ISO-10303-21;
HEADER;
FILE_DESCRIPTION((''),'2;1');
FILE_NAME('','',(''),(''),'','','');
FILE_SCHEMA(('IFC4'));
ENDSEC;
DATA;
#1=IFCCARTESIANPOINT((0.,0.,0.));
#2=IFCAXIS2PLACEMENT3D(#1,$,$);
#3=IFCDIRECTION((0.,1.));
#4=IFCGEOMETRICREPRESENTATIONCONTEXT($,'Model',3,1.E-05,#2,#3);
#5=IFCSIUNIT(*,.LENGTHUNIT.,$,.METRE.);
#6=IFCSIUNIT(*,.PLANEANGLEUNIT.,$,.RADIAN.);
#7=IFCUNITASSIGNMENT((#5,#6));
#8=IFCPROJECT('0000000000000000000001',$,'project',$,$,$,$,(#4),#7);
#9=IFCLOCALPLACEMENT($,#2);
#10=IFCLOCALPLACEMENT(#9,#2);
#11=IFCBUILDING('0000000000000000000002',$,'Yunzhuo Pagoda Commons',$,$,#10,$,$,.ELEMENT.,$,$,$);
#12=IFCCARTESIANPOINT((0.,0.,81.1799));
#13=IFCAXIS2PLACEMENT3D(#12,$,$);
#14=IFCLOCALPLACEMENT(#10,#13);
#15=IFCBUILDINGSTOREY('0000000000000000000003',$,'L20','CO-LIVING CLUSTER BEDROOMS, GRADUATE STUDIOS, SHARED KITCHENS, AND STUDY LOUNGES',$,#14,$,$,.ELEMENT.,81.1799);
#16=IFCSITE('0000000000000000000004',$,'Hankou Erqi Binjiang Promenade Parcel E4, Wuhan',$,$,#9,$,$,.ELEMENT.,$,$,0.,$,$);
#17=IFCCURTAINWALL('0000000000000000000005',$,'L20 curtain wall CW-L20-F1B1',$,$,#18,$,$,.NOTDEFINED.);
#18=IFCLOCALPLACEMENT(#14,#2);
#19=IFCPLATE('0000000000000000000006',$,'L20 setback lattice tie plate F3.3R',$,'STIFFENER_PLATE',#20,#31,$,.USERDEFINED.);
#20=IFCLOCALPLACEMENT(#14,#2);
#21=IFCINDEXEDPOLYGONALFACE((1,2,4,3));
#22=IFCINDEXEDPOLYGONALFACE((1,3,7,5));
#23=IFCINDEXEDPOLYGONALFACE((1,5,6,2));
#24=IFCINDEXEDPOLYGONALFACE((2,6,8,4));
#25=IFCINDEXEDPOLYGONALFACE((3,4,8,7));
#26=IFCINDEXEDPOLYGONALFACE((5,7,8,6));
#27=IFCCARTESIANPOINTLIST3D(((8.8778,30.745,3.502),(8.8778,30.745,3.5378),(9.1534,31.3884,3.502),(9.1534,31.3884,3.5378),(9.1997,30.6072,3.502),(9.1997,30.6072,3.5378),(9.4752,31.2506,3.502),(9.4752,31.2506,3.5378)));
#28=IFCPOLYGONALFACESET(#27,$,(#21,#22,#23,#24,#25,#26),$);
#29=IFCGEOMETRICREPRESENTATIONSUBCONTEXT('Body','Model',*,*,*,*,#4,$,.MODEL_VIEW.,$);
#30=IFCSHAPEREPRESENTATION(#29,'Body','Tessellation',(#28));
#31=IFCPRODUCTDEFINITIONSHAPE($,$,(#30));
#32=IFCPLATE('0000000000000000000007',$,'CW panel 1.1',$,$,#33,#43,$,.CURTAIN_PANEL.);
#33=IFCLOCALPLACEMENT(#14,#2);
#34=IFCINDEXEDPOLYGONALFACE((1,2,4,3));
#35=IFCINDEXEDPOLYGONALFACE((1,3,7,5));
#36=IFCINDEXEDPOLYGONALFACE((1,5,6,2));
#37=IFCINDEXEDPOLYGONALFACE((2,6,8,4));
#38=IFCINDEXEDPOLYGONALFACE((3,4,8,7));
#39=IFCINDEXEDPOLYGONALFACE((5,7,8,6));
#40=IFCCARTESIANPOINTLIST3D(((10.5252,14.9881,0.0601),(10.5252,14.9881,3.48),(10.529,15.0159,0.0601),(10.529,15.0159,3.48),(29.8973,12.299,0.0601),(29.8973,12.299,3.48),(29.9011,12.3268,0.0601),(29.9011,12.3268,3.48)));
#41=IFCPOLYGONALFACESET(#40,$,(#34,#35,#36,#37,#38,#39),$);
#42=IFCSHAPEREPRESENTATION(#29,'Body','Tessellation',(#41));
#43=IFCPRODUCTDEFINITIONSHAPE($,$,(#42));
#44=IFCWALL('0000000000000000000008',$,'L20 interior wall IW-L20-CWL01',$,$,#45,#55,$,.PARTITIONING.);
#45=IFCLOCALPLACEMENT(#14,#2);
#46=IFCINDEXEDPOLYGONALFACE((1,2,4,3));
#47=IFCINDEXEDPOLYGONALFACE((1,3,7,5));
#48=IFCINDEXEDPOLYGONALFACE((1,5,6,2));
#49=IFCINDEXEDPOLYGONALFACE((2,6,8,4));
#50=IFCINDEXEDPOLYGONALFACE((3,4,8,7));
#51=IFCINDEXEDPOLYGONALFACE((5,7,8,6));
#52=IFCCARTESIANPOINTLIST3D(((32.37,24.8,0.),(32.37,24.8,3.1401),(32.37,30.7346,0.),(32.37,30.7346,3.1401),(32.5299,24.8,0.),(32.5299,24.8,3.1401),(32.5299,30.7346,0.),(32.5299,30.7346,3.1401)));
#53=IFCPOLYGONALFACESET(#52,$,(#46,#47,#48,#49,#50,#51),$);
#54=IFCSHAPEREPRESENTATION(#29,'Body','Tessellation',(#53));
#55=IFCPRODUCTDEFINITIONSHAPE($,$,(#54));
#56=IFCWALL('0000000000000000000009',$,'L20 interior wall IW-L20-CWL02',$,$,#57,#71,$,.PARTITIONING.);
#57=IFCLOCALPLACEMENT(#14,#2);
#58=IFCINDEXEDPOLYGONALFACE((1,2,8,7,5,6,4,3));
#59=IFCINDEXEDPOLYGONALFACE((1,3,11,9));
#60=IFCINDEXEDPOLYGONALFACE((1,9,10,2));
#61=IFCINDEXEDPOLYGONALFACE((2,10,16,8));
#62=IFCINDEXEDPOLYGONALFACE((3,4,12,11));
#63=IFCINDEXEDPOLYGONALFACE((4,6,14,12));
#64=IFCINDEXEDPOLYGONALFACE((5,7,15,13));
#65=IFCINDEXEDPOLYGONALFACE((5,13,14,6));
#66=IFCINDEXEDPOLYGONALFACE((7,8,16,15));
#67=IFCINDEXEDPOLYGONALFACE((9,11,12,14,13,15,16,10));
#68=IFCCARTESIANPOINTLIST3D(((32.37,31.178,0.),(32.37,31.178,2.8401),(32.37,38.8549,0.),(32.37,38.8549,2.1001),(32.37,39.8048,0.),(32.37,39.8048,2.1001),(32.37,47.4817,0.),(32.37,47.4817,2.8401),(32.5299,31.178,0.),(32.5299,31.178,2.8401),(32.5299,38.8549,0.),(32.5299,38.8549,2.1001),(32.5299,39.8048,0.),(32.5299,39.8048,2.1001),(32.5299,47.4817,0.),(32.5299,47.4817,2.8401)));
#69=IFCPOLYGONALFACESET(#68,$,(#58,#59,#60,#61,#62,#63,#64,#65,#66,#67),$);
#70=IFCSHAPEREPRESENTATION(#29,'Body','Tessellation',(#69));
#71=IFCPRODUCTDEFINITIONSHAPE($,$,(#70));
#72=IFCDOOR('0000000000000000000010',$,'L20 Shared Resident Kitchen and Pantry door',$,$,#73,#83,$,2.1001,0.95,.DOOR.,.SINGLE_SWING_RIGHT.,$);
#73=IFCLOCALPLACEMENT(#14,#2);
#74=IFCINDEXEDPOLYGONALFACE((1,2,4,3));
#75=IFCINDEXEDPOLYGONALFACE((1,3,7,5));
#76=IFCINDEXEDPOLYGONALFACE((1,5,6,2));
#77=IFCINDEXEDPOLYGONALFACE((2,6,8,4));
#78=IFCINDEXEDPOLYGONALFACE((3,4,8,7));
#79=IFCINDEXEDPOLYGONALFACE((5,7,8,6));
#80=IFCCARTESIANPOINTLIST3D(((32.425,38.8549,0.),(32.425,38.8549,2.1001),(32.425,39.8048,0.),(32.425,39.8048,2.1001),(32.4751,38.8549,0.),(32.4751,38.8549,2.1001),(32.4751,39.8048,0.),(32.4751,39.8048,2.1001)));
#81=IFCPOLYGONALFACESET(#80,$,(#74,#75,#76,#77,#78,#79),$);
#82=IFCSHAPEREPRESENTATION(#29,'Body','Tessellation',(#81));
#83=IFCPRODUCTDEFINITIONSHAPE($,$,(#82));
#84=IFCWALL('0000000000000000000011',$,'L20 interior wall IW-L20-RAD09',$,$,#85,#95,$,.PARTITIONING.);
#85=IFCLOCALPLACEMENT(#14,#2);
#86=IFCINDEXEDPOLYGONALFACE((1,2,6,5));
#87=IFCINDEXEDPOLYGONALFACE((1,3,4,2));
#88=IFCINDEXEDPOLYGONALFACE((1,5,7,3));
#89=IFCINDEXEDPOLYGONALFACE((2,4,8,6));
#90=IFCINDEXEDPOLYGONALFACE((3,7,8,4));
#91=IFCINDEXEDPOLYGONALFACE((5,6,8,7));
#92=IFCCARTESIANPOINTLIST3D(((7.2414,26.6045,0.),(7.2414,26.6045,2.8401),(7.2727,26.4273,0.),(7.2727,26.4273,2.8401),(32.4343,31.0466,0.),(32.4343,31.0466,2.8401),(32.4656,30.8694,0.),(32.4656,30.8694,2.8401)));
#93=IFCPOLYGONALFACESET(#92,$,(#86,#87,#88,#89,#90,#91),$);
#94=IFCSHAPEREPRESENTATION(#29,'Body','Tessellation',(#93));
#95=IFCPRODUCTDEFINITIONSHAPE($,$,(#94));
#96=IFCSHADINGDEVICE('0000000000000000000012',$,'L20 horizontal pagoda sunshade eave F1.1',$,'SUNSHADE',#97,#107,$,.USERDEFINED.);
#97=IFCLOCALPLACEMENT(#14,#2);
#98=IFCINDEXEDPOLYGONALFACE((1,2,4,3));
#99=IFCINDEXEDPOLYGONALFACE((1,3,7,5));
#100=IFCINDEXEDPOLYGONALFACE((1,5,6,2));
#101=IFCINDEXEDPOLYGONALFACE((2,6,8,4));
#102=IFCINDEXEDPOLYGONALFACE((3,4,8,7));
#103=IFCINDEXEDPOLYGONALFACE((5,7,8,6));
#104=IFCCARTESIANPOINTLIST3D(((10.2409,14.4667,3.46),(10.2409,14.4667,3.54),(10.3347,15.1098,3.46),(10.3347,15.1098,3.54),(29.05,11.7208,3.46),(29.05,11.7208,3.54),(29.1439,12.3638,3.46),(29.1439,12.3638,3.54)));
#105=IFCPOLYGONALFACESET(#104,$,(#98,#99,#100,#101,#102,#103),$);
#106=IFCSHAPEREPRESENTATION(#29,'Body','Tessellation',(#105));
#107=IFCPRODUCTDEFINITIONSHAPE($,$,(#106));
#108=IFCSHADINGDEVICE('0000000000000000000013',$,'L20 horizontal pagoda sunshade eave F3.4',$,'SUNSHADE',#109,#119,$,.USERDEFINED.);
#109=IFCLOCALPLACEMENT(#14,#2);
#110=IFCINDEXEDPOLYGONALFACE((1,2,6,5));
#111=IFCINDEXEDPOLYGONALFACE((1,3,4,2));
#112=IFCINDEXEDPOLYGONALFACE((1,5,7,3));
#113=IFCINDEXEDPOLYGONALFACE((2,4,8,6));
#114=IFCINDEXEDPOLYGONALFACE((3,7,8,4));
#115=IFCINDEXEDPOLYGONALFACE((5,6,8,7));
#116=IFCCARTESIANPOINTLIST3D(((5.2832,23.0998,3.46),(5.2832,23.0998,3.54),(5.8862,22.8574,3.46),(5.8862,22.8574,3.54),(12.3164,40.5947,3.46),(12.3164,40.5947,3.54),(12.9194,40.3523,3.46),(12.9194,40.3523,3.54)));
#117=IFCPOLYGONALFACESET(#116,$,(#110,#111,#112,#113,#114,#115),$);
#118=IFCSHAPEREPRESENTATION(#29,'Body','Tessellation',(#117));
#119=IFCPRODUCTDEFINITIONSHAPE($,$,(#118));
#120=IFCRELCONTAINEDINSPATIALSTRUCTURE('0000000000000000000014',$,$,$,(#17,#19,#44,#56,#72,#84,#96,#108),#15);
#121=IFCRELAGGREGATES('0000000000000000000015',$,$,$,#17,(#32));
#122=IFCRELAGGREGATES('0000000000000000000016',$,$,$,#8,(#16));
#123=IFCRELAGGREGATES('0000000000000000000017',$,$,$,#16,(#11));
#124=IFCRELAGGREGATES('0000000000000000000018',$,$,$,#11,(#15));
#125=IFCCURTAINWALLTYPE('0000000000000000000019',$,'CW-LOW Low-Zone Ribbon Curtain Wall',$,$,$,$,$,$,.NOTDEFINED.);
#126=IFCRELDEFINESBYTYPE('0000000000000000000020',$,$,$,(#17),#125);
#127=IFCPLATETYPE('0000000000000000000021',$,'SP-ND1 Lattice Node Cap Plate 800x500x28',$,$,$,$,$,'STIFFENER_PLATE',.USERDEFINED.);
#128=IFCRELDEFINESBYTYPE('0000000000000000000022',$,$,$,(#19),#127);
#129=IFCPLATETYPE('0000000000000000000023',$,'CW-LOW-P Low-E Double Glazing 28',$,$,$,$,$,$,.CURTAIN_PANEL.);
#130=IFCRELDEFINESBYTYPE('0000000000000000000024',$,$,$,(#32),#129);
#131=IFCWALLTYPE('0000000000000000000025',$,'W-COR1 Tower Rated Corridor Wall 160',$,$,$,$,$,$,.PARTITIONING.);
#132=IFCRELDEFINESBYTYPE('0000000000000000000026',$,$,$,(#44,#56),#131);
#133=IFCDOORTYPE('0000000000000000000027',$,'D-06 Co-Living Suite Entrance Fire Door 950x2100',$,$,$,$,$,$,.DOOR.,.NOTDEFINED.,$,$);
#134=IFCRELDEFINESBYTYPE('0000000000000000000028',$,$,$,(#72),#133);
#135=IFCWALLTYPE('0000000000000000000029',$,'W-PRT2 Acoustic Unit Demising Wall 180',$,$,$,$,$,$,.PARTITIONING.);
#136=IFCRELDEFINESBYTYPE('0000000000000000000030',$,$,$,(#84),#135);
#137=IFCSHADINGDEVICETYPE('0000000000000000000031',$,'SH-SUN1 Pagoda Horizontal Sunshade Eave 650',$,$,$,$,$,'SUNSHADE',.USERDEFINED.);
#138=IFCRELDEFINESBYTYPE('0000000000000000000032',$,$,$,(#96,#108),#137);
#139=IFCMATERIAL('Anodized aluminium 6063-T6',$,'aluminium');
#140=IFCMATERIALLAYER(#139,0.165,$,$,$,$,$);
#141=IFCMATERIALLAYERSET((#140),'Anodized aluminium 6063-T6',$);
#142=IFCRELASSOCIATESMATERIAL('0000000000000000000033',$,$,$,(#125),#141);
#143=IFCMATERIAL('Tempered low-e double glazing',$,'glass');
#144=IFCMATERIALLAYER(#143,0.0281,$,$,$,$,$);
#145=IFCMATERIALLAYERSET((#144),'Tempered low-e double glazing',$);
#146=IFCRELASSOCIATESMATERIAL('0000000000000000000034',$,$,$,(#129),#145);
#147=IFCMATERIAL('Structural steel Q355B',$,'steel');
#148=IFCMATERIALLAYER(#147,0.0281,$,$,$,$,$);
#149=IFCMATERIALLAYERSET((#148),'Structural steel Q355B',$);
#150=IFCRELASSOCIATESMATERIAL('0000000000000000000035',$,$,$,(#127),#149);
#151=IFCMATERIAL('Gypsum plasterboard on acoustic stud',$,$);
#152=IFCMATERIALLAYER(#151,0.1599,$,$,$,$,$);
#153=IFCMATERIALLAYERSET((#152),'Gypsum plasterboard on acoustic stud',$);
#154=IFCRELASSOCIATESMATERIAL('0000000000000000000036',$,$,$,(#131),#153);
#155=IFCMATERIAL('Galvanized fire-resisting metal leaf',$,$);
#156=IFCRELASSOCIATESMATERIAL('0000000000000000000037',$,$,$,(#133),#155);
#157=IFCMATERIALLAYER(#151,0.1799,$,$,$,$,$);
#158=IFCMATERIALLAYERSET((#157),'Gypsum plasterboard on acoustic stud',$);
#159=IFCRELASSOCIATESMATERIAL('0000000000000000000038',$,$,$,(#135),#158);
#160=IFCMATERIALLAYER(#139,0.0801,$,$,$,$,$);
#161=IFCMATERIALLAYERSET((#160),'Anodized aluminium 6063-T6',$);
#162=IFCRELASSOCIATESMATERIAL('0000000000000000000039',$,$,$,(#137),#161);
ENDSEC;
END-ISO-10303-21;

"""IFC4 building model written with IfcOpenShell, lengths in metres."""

from ifc_helpers import new_model, si_unit, direction, frame, frame_2d, origin, origin_with_axes, origin_2d, place, context, subcontext, project, spatial, rectangle, extrude, source, transform, mapped, material, layer, layer_set, type_object, element, fill, aggregate, save


model = new_model("IFC4")

# Units and contexts
model_context = context("Model", 3, precision=1e-05, world=origin(), true_north=direction((0.0, 1.0)))
body_context = subcontext(model_context, "Body", "Model", "MODEL_VIEW")
ifc_project = project(units=[si_unit("LENGTHUNIT", "METRE"), si_unit("PLANEANGLEUNIT", "RADIAN")], contexts=[model_context])

# Site, building, storey
site_placement = place(None, origin())
site = spatial("IfcSite", under=ifc_project, at=site_placement, Name="Hankou Erqi Binjiang Promenade Parcel E4, Wuhan", CompositionType="ELEMENT", RefElevation=0.0)
building_placement = place(site_placement, origin())
building = spatial("IfcBuilding", under=site, at=building_placement, Name="Yunzhuo Pagoda Commons", CompositionType="ELEMENT")
storey_placement = place(building_placement, frame((0.0, 0.0, 81.1799)))
storey = spatial("IfcBuildingStorey", under=building, at=storey_placement, Name="L20", Description="CO-LIVING CLUSTER BEDROOMS, GRADUATE STUDIOS, SHARED KITCHENS, AND STUDY LOUNGES", CompositionType="ELEMENT", Elevation=81.1799)

# Shared definitions
ifc_material_1 = material(Name="Structural steel Q355B", Category="steel")

# Shared definitions
ifc_material_2 = material(Name="Anodized aluminium 6063-T6", Category="aluminium")
ifc_layer_1 = layer(ifc_material_2, 0.165)
ifc_layer_set_1 = layer_set([ifc_layer_1], Name="Anodized aluminium 6063-T6")
curtain_wall_type = type_object("IfcCurtainWallType", Name="CW-LOW Low-Zone Ribbon Curtain Wall", PredefinedType="NOTDEFINED", material=ifc_layer_set_1)

# Curtain wall
curtain_wall_1_placement = place(storey_placement, origin())
curtain_wall_1 = element("IfcCurtainWall", 1, at=curtain_wall_1_placement, inside=storey, type_object=curtain_wall_type, Name="L20 curtain wall CW-L20-F1B1", PredefinedType="NOTDEFINED")

# Shared definitions
ifc_material_3 = material(Name="Tempered low-e double glazing", Category="glass")
ifc_layer_2 = layer(ifc_material_3, 0.0281)
ifc_layer_set_2 = layer_set([ifc_layer_2], Name="Tempered low-e double glazing")
plate_type_1 = type_object("IfcPlateType", Name="CW-LOW-P Low-E Double Glazing 28", PredefinedType="CURTAIN_PANEL", material=ifc_layer_set_2)

# Plate
ifc_layer_3 = layer(ifc_material_1, 0.0281)
ifc_layer_set_3 = layer_set([ifc_layer_3], Name="Structural steel Q355B")
plate_type_2 = type_object("IfcPlateType", Name="SP-ND1 Lattice Node Cap Plate 800x500x28", ElementType="STIFFENER_PLATE", PredefinedType="USERDEFINED", material=ifc_layer_set_3)
shared_shape_1 = source(origin(), body_context, "Body", "SweptSolid", [
    extrude(rectangle(XDim=0.7, YDim=0.3501, at=origin_2d()), origin(), (0.0, 0.0, 1.0), 0.0359),
])
plate_1_placement = place(storey_placement, frame((9.1765, 30.9978, 3.502), z_axis=(0.0, 0.0, 1.0), x_axis=(-0.393669, -0.919252, 0.0)))
element("IfcPlate", 2, at=plate_1_placement, inside=storey, type_object=plate_type_2, Name="L20 setback lattice tie plate F3.3R", ObjectType="STIFFENER_PLATE", PredefinedType="USERDEFINED", context=body_context, shape_type="MappedRepresentation", body=[
    mapped(shared_shape_1, transform((0.0, 0.0, 0.0), scale=1.0)),
])

# Plate
shared_shape_2 = source(origin(), body_context, "Body", "SweptSolid", [
    extrude(rectangle(XDim=19.5579, YDim=0.0281, at=origin_2d()), origin(), (0.0, 0.0, 1.0), 3.4199),
])
plate_2_placement = place(storey_placement, frame((20.2131, 13.6575, 0.0601), z_axis=(0.0, 0.0, 1.0), x_axis=(0.990502, -0.137496, 0.0)))
plate_2 = element("IfcPlate", 3, at=plate_2_placement, type_object=plate_type_1, Name="CW panel 1.1", PredefinedType="CURTAIN_PANEL", context=body_context, shape_type="MappedRepresentation", body=[
    mapped(shared_shape_2, transform((0.0, 0.0, 0.0), scale=1.0)),
])
aggregate(curtain_wall_1, [plate_2])

# Wall
ifc_material_4 = material(Name="Gypsum plasterboard on acoustic stud")
ifc_layer_4 = layer(ifc_material_4, 0.1599)
ifc_layer_set_4 = layer_set([ifc_layer_4], Name="Gypsum plasterboard on acoustic stud")
wall_type_1 = type_object("IfcWallType", Name="W-COR1 Tower Rated Corridor Wall 160", PredefinedType="PARTITIONING", material=ifc_layer_set_4)
wall_1_placement = place(storey_placement, frame((32.45, 24.8, 0.0), z_axis=(0.0, 0.0, 1.0), x_axis=(0.0, 1.0, 0.0)))
element("IfcWall", 4, at=wall_1_placement, inside=storey, type_object=wall_type_1, Name="L20 interior wall IW-L20-CWL01", PredefinedType="PARTITIONING", context=body_context, shape_type="SweptSolid", body=[
    extrude(rectangle(XDim=5.9346, YDim=0.1599, at=frame_2d((2.9673, 0.0))), origin(), (0.0, 0.0, 1.0), 3.1401),
])

# Wall, opening, door
wall_2_placement = place(storey_placement, frame((32.45, 31.178, 0.0), z_axis=(0.0, 0.0, 1.0), x_axis=(0.0, 1.0, 0.0)))
wall_2 = element("IfcWall", 5, at=wall_2_placement, inside=storey, type_object=wall_type_1, Name="L20 interior wall IW-L20-CWL02", PredefinedType="PARTITIONING", context=body_context, shape_type="SweptSolid", body=[
    extrude(rectangle(XDim=16.3037, YDim=0.1599, at=frame_2d((8.1519, 0.0))), origin(), (0.0, 0.0, 1.0), 2.8401),
])
opening_placement = place(wall_2_placement, frame((7.6768, 0.0, 0.0)))
opening = element("IfcOpeningElement", 6, at=opening_placement, cuts=wall_2, PredefinedType="OPENING", context=body_context, shape_type="SweptSolid", body=[
    extrude(rectangle(XDim=0.95, YDim=2.1001, at=frame_2d((0.4751, 1.05))), frame((0.0, 0.0898, 0.0), z_axis=(0.0, -1.0, 0.0), x_axis=(1.0, 0.0, 0.0)), (0.0, 0.0, 1.0), 0.1799),
])
ifc_material_5 = material(Name="Galvanized fire-resisting metal leaf")
door_type = type_object("IfcDoorType", Name="D-06 Co-Living Suite Entrance Fire Door 950x2100", OperationType="NOTDEFINED", PredefinedType="DOOR", material=ifc_material_5)
shared_shape_3 = source(origin(), body_context, "Body", "SweptSolid", [
    extrude(rectangle(XDim=0.95, YDim=2.1001, at=frame_2d((0.4751, 1.05))), frame((0.0, 0.0249, 0.0), z_axis=(0.0, -1.0, 0.0), x_axis=(1.0, 0.0, 0.0)), (0.0, 0.0, 1.0), 0.05),
])
door_placement = place(opening_placement, origin_with_axes())
door = element("IfcDoor", 7, at=door_placement, inside=storey, type_object=door_type, Name="L20 Shared Resident Kitchen and Pantry door", OperationType="SINGLE_SWING_RIGHT", OverallHeight=2.1001, OverallWidth=0.95, PredefinedType="DOOR", context=body_context, shape_type="MappedRepresentation", body=[
    mapped(shared_shape_3, transform((0.0, 0.0, 0.0), scale=1.0)),
])
fill(opening, door)

# Wall
ifc_layer_5 = layer(ifc_material_4, 0.1799)
ifc_layer_set_5 = layer_set([ifc_layer_5], Name="Gypsum plasterboard on acoustic stud")
wall_type_2 = type_object("IfcWallType", Name="W-PRT2 Acoustic Unit Demising Wall 180", PredefinedType="PARTITIONING", material=ifc_layer_set_5)
wall_3_placement = place(storey_placement, frame((32.45, 30.958, 0.0), z_axis=(0.0, 0.0, 1.0), x_axis=(-0.984808, -0.173647, 0.0)))
element("IfcWall", 8, at=wall_3_placement, inside=storey, type_object=wall_type_2, Name="L20 interior wall IW-L20-RAD09", PredefinedType="PARTITIONING", context=body_context, shape_type="SweptSolid", body=[
    extrude(rectangle(XDim=25.5815, YDim=0.1799, at=frame_2d((12.7908, 0.0))), origin(), (0.0, 0.0, 1.0), 2.8401),
])

# Shading devices
ifc_layer_6 = layer(ifc_material_2, 0.0801)
ifc_layer_set_6 = layer_set([ifc_layer_6], Name="Anodized aluminium 6063-T6")
shading_device_type = type_object("IfcShadingDeviceType", Name="SH-SUN1 Pagoda Horizontal Sunshade Eave 650", ElementType="SUNSHADE", PredefinedType="USERDEFINED", material=ifc_layer_set_6)
shared_shape_4 = source(origin(), body_context, "Body", "SweptSolid", [
    extrude(rectangle(XDim=19.0085, YDim=0.6499, at=origin_2d()), origin(), (0.0, 0.0, 1.0), 0.0801),
])
shading_device_1_placement = place(storey_placement, frame((19.6924, 13.4153, 3.46), z_axis=(0.0, 0.0, 1.0), x_axis=(0.989511, -0.14446, 0.0)))
element("IfcShadingDevice", 9, at=shading_device_1_placement, inside=storey, type_object=shading_device_type, Name="L20 horizontal pagoda sunshade eave F1.1", ObjectType="SUNSHADE", PredefinedType="USERDEFINED", context=body_context, shape_type="MappedRepresentation", body=[
    mapped(shared_shape_4, transform((0.0, 0.0, 0.0), scale=1.0)),
])
shared_shape_5 = source(origin(), body_context, "Body", "SweptSolid", [
    extrude(rectangle(XDim=18.8557, YDim=0.6499, at=origin_2d()), origin(), (0.0, 0.0, 1.0), 0.0801),
])
shading_device_2_placement = place(storey_placement, frame((9.1013, 31.7261, 3.46), z_axis=(0.0, 0.0, 1.0), x_axis=(-0.373004, -0.92783, 0.0)))
element("IfcShadingDevice", 10, at=shading_device_2_placement, inside=storey, type_object=shading_device_type, Name="L20 horizontal pagoda sunshade eave F3.4", ObjectType="SUNSHADE", PredefinedType="USERDEFINED", context=body_context, shape_type="MappedRepresentation", body=[
    mapped(shared_shape_5, transform((0.0, 0.0, 0.0), scale=1.0)),
])

save(model, "model.ifc")
